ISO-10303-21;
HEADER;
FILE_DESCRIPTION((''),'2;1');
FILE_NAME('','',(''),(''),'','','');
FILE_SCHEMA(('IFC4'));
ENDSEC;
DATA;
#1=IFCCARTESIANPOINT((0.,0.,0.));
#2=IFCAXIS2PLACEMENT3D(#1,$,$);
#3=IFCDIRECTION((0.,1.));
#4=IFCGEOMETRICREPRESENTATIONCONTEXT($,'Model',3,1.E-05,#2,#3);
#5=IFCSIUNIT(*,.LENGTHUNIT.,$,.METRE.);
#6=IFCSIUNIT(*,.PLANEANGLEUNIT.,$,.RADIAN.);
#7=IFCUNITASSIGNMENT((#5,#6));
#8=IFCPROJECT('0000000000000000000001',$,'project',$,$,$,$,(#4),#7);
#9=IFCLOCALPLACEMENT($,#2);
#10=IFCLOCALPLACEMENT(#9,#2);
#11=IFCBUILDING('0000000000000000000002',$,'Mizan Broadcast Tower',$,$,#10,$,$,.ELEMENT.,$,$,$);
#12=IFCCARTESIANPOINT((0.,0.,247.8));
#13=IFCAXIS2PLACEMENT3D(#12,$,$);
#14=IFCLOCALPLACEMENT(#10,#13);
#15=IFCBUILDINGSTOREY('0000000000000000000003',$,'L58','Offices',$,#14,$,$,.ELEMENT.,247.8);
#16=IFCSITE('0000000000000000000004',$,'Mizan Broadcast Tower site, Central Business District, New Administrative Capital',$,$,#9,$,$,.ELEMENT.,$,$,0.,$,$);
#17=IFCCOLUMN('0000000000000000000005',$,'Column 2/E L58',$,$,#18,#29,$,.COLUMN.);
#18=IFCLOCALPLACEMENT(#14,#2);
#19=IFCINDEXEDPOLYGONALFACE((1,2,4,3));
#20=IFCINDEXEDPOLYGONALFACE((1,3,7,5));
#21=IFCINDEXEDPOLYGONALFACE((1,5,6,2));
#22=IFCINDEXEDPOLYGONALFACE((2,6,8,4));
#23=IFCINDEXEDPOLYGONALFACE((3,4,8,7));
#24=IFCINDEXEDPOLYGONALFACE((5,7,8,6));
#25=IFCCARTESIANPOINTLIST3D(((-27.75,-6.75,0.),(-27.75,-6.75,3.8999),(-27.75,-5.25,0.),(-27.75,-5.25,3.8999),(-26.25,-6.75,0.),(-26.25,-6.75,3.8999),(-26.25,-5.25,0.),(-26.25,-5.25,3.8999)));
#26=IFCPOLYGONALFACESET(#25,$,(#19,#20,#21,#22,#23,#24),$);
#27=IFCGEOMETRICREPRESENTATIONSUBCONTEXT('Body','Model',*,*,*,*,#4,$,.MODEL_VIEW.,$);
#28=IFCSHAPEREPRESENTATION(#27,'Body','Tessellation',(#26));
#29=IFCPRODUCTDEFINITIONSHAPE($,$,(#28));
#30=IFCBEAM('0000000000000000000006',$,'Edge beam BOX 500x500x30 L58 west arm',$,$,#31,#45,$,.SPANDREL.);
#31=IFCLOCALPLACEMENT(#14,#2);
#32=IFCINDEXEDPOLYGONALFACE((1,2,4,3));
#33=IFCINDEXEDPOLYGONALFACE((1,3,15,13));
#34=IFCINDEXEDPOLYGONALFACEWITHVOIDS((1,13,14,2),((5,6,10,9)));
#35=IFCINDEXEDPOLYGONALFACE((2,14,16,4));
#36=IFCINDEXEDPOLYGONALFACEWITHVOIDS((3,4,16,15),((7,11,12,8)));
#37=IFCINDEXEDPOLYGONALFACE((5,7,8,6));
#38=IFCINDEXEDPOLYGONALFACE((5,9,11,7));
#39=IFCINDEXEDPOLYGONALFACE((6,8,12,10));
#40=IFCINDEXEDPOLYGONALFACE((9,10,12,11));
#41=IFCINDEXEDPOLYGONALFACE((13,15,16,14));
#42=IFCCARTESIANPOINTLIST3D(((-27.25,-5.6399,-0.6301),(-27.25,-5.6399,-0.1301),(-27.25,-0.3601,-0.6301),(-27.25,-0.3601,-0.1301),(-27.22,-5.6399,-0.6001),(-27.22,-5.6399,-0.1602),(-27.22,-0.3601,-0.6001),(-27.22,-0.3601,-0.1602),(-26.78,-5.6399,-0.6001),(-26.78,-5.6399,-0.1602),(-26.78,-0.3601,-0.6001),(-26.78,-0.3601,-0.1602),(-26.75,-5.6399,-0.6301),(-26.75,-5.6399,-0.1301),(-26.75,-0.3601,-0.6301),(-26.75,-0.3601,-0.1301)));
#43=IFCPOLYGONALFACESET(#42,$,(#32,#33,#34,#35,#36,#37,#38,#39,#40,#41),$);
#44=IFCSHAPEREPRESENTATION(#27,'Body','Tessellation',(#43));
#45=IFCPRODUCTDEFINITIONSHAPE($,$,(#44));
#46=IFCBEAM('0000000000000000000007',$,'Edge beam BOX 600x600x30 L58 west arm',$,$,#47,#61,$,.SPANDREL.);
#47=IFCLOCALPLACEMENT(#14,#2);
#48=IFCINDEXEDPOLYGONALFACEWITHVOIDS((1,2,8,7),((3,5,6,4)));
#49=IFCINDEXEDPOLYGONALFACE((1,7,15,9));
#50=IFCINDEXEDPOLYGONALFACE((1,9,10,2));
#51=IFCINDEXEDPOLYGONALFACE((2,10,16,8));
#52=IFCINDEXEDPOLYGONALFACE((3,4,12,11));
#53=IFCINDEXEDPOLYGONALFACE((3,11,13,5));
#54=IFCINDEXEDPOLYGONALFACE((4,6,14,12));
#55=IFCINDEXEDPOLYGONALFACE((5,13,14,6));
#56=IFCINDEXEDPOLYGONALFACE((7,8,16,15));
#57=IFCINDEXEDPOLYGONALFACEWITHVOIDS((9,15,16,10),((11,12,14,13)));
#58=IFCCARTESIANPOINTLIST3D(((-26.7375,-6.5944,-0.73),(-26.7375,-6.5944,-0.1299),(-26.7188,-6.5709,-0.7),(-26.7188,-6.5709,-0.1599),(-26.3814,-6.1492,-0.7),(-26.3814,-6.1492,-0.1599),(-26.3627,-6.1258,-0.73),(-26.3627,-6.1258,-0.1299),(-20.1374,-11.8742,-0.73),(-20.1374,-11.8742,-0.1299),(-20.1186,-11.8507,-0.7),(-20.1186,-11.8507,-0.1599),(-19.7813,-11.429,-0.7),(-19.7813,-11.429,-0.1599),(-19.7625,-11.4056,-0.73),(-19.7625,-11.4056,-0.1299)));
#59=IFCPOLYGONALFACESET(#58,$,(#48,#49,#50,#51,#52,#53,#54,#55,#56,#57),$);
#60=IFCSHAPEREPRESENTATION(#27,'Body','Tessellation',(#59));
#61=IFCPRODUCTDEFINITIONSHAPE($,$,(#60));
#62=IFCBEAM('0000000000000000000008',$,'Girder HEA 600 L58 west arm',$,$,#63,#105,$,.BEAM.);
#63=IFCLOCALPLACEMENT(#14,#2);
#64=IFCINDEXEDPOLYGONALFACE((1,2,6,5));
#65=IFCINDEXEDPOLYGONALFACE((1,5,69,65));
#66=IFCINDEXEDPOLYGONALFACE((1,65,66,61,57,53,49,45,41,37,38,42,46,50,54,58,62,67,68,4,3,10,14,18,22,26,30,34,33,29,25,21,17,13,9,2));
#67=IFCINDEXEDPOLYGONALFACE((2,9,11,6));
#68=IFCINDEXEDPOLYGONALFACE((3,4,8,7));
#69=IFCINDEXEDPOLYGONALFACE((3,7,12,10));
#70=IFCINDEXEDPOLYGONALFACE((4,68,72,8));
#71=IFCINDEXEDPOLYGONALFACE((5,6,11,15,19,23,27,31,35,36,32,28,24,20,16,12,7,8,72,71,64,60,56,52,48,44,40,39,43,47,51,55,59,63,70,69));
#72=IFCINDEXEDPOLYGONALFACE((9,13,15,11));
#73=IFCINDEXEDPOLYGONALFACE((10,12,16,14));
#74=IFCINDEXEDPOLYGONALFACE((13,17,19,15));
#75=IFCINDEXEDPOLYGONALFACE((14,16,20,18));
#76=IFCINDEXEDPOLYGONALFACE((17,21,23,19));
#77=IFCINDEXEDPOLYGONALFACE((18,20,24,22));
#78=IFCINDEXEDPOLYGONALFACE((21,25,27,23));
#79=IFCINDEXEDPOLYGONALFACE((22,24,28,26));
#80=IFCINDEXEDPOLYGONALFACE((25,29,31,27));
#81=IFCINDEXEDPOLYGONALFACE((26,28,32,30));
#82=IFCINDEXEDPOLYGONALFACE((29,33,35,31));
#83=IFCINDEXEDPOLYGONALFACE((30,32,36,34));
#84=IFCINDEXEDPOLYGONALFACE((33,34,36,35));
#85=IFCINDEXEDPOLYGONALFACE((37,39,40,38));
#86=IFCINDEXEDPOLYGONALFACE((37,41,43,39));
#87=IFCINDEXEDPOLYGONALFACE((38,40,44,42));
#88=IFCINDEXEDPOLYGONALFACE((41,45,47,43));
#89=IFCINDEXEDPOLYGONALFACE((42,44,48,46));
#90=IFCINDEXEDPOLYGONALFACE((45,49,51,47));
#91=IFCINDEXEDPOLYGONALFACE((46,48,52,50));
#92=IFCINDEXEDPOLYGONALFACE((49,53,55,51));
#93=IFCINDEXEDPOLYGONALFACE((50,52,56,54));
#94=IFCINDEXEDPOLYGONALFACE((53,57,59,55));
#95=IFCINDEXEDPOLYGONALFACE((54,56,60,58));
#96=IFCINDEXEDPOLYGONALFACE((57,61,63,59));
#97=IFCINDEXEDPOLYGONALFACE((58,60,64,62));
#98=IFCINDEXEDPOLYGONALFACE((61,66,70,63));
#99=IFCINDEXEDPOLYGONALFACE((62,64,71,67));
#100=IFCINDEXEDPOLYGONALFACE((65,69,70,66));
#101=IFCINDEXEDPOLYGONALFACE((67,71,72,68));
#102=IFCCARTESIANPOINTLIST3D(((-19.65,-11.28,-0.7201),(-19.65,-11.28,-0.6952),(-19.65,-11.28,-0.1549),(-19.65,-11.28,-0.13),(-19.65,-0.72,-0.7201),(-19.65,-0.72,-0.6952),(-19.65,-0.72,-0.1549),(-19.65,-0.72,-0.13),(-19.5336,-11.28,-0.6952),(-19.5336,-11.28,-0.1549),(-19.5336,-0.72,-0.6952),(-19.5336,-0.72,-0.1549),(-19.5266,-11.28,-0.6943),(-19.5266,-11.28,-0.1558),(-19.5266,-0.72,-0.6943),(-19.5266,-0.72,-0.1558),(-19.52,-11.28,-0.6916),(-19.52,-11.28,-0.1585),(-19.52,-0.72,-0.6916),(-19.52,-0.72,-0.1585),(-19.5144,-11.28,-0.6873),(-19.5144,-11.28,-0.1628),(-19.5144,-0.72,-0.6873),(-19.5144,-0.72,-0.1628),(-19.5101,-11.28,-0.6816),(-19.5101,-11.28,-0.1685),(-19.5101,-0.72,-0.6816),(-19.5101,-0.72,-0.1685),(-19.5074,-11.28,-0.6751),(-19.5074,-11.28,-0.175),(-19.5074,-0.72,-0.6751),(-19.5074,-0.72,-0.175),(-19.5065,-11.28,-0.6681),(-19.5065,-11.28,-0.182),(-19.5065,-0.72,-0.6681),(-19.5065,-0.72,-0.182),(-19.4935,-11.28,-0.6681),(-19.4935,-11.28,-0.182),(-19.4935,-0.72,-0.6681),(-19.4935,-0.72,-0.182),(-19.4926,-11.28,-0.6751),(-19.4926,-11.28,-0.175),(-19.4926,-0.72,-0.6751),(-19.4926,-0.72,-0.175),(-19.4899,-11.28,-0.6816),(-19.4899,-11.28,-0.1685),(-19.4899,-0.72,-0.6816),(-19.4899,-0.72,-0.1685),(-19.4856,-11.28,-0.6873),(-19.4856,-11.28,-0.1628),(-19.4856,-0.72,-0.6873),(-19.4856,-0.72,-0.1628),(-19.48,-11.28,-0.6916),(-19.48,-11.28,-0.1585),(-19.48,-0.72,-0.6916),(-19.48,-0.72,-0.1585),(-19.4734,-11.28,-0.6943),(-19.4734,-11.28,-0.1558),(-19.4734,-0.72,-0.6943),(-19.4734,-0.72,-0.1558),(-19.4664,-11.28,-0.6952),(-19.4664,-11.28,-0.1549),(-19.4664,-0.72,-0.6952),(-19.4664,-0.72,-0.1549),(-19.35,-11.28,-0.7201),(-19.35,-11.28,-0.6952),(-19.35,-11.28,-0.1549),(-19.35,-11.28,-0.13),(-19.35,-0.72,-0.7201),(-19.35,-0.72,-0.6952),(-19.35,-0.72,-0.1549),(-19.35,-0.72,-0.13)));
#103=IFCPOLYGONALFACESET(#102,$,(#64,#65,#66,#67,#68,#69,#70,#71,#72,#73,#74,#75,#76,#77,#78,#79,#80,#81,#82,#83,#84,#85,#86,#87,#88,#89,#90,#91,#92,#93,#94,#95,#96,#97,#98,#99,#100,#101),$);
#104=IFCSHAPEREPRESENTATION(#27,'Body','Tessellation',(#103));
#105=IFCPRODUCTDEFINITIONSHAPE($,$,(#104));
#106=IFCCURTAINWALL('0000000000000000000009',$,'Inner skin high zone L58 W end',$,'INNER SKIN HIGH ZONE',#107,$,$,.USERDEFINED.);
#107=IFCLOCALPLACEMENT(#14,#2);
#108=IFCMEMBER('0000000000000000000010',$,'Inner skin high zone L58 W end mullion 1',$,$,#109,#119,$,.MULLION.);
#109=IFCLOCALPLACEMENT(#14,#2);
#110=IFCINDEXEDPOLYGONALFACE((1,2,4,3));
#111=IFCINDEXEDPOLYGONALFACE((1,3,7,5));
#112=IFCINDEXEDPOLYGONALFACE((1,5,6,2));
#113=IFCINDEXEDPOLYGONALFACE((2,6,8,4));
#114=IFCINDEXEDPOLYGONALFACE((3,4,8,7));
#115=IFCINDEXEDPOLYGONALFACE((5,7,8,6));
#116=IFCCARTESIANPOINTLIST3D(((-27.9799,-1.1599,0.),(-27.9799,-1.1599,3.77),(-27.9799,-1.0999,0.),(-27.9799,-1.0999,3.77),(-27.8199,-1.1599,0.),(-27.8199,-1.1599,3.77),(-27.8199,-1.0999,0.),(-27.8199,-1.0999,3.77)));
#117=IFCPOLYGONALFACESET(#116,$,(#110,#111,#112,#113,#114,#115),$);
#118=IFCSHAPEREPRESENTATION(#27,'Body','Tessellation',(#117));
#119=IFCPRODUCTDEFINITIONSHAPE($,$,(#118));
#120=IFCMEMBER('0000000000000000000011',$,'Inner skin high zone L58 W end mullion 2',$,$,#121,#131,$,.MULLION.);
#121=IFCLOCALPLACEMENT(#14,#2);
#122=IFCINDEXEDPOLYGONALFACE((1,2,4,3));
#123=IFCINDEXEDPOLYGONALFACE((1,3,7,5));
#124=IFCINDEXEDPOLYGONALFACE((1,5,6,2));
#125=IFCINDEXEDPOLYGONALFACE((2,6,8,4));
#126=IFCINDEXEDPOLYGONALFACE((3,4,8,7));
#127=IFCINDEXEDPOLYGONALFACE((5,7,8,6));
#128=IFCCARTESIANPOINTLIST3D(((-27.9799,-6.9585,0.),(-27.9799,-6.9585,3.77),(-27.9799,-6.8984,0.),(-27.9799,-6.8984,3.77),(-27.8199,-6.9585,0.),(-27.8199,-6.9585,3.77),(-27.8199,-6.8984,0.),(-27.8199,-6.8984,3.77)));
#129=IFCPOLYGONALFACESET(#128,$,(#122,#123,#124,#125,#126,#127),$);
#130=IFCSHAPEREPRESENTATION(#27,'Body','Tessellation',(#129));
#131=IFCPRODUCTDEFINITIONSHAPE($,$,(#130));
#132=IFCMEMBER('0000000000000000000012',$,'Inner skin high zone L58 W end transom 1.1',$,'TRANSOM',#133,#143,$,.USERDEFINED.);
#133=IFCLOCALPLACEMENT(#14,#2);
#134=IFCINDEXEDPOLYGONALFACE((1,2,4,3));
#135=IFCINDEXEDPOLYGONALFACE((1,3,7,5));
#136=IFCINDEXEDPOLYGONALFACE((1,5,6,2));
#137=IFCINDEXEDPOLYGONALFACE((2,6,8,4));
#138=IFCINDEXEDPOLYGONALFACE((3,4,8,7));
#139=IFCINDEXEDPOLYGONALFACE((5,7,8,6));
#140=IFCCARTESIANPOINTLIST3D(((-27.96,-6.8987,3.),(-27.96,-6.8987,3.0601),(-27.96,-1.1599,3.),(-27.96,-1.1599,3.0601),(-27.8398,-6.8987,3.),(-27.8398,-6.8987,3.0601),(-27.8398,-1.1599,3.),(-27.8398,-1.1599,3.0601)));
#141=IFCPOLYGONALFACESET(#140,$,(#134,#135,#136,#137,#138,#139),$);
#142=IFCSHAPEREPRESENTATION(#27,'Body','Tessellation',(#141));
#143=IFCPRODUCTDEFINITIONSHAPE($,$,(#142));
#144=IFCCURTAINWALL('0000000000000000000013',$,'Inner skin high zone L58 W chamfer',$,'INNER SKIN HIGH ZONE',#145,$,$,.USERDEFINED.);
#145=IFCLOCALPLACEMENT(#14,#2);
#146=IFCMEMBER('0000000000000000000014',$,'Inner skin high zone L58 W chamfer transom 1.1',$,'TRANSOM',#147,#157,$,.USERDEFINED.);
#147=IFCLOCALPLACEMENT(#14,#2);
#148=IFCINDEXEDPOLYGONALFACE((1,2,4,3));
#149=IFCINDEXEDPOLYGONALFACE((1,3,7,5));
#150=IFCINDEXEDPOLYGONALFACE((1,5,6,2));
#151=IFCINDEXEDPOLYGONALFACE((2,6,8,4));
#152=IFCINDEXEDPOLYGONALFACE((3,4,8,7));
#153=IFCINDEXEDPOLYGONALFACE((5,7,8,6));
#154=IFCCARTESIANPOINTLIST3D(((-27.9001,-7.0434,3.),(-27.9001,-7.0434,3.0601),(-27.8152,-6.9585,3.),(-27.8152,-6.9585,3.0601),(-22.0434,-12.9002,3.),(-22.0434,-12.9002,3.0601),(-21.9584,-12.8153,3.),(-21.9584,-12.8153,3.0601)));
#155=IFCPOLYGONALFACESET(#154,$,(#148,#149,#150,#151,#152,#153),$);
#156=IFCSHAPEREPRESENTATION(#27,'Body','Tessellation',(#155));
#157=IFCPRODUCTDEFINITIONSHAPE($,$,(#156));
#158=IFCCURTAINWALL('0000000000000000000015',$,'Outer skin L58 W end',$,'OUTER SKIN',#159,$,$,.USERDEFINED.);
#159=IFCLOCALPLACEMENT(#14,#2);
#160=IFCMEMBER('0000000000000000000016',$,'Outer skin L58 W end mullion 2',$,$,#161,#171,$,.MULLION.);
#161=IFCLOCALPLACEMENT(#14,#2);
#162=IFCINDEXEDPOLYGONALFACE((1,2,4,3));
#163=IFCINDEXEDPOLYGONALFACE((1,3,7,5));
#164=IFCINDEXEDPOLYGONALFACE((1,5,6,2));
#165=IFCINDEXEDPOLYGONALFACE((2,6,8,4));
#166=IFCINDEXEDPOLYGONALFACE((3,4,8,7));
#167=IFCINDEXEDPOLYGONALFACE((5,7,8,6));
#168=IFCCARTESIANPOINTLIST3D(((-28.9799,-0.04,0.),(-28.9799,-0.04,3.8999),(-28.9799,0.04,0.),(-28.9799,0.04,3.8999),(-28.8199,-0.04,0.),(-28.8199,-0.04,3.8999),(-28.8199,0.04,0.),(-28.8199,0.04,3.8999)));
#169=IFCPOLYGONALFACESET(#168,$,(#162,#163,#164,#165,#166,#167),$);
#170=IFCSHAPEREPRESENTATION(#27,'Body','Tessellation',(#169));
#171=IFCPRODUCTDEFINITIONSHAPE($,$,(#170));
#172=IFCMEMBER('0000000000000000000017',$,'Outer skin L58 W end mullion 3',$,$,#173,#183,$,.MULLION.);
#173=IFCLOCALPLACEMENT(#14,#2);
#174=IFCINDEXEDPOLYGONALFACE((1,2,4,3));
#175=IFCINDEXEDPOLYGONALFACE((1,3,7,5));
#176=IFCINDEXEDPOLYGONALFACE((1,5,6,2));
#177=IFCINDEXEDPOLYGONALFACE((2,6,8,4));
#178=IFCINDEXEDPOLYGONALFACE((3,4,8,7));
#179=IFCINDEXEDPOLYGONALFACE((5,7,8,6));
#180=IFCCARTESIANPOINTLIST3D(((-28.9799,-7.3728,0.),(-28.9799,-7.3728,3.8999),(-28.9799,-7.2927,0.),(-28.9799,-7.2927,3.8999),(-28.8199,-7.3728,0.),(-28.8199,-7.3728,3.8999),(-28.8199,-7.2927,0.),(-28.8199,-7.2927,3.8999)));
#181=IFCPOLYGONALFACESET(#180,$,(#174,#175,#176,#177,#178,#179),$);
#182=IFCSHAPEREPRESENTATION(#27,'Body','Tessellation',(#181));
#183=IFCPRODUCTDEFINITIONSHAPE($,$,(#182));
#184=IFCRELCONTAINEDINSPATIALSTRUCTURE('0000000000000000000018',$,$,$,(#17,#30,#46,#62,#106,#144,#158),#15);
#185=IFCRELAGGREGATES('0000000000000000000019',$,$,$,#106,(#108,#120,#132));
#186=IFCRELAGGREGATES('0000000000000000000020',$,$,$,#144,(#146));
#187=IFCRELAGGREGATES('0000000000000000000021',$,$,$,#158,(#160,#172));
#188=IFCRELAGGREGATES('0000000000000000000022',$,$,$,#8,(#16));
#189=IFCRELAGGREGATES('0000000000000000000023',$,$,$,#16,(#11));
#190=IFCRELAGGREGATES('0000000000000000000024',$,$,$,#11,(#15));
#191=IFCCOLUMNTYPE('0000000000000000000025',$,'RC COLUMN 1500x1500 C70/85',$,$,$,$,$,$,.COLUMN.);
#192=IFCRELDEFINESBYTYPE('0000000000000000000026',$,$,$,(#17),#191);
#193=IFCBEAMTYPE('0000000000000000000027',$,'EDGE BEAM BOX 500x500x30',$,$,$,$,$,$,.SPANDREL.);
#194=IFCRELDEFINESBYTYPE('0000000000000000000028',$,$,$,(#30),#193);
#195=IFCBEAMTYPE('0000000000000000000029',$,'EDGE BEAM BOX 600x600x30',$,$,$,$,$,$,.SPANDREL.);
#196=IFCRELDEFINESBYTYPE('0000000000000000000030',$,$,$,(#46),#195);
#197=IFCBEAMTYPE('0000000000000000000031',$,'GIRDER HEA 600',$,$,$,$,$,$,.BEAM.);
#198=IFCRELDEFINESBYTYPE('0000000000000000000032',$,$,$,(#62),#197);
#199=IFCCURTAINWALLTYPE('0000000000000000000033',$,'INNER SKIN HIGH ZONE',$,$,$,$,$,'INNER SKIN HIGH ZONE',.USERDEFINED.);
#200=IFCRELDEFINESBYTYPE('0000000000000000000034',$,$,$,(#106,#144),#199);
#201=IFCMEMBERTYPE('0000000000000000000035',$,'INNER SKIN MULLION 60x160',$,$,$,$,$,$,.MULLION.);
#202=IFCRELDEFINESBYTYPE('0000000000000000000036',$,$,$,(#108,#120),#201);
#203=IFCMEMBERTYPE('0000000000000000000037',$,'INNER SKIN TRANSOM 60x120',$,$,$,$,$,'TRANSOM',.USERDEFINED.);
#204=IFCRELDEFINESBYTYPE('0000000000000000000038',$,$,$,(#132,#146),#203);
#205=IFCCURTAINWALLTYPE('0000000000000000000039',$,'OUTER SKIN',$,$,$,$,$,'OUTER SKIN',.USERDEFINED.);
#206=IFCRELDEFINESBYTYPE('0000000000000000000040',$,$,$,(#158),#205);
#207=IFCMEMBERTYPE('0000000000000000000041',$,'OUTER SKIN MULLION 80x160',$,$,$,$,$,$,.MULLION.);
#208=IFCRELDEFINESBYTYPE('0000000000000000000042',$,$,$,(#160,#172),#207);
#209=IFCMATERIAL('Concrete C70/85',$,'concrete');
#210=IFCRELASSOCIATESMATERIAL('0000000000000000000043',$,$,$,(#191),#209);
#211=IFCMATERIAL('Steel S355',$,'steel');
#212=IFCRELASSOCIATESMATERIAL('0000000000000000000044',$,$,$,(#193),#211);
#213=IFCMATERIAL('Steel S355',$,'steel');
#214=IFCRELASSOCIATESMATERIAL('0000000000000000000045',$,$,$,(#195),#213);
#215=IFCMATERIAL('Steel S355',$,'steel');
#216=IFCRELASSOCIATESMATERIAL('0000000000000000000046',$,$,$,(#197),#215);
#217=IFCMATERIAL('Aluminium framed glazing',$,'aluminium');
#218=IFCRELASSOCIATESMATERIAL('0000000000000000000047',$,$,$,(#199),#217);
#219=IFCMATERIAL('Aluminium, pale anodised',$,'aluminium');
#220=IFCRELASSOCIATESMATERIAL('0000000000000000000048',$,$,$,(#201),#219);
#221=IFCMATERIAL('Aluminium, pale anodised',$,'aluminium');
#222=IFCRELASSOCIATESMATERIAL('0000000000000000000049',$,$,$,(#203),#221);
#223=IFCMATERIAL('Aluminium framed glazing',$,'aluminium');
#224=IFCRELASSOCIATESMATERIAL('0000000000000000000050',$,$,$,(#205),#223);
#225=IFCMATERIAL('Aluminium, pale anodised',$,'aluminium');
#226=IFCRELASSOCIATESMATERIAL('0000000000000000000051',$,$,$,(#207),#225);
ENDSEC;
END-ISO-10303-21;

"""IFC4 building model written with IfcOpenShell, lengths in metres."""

from ifc_helpers import new_model, si_unit, direction, frame, origin, origin_2d, place, context, subcontext, project, spatial, rectangle, hollow_rectangle, i_section, extrude, material, material_profile, profile_set, type_object, element, aggregate, save


model = new_model("IFC4")

# Units and contexts
model_context = context("Model", 3, precision=1e-05, world=origin(), true_north=direction((0.0, 1.0)))
body_context = subcontext(model_context, "Body", "Model", "MODEL_VIEW")
ifc_project = project(units=[si_unit("LENGTHUNIT", "METRE"), si_unit("PLANEANGLEUNIT", "RADIAN")], contexts=[model_context])

# Site, building, storey
site_placement = place(None, origin())
site = spatial("IfcSite", under=ifc_project, at=site_placement, Name="Mizan Broadcast Tower site, Central Business District, New Administrative Capital", CompositionType="ELEMENT", RefElevation=0.0)
building_placement = place(site_placement, origin())
building = spatial("IfcBuilding", under=site, at=building_placement, Name="Mizan Broadcast Tower", CompositionType="ELEMENT")
storey_placement = place(building_placement, frame((0.0, 0.0, 247.8)))
storey = spatial("IfcBuildingStorey", under=building, at=storey_placement, Name="L58", Description="Offices", CompositionType="ELEMENT", Elevation=247.8)

# Column
ifc_material_1 = material(Name="Concrete C70/85", Category="concrete")
ifc_material_profile_1 = material_profile(ifc_material_1, rectangle(XDim=1.5, YDim=1.5, at=origin_2d()), Name="RC 1500x1500")
ifc_profile_set_1 = profile_set([ifc_material_profile_1], Name="Concrete C70/85")
column_type = type_object("IfcColumnType", Name="RC COLUMN 1500x1500 C70/85", PredefinedType="COLUMN", material=ifc_profile_set_1)
column_placement = place(storey_placement, frame((-27.0, -6.0, 0.0), z_axis=(0.0, 0.0, 1.0), x_axis=(1.0, 0.0, 0.0)))
element("IfcColumn", 1, at=column_placement, inside=storey, type_object=column_type, Name="Column 2/E L58", PredefinedType="COLUMN", context=body_context, shape_type="SweptSolid", body=[
    extrude(rectangle(XDim=1.5, YDim=1.5, at=origin_2d()), origin(), (0.0, 0.0, 1.0), 3.8999),
])

# Beams
ifc_material_2 = material(Name="Steel S355", Category="steel")
ifc_material_profile_2 = material_profile(ifc_material_2, hollow_rectangle(XDim=0.5, YDim=0.5, WallThickness=0.03, at=origin_2d()), Name="BOX 500x500x30")
ifc_profile_set_2 = profile_set([ifc_material_profile_2], Name="Steel S355")
beam_type_1 = type_object("IfcBeamType", Name="EDGE BEAM BOX 500x500x30", PredefinedType="SPANDREL", material=ifc_profile_set_2)
beam_1_placement = place(storey_placement, frame((-27.0, -5.6399, -0.3801), z_axis=(0.0, 1.0, 0.0), x_axis=(-1.0, 0.0, 0.0)))
element("IfcBeam", 2, at=beam_1_placement, inside=storey, type_object=beam_type_1, Name="Edge beam BOX 500x500x30 L58 west arm", PredefinedType="SPANDREL", context=body_context, shape_type="SweptSolid", body=[
    extrude(hollow_rectangle(XDim=0.5, YDim=0.5, WallThickness=0.03, at=origin_2d()), origin(), (0.0, 0.0, 1.0), 5.2798),
])
ifc_material_3 = material(Name="Steel S355", Category="steel")
ifc_material_profile_3 = material_profile(ifc_material_3, hollow_rectangle(XDim=0.6001, YDim=0.6001, WallThickness=0.03, at=origin_2d()), Name="BOX 600x600x30")
ifc_profile_set_3 = profile_set([ifc_material_profile_3], Name="Steel S355")
beam_type_2 = type_object("IfcBeamType", Name="EDGE BEAM BOX 600x600x30", PredefinedType="SPANDREL", material=ifc_profile_set_3)
beam_2_placement = place(storey_placement, frame((-19.95, -11.6399, -0.4299), z_axis=(-0.780886, 0.624674, 0.0), x_axis=(-0.624674, -0.780886, 0.0)))
element("IfcBeam", 3, at=beam_2_placement, inside=storey, type_object=beam_type_2, Name="Edge beam BOX 600x600x30 L58 west arm", PredefinedType="SPANDREL", context=body_context, shape_type="SweptSolid", body=[
    extrude(hollow_rectangle(XDim=0.6001, YDim=0.6001, WallThickness=0.03, at=origin_2d()), origin(), (0.0, 0.0, 1.0), 8.4521),
])
ifc_material_4 = material(Name="Steel S355", Category="steel")
ifc_material_profile_4 = material_profile(ifc_material_4, i_section(OverallWidth=0.3, OverallDepth=0.5901, WebThickness=0.0129, FlangeThickness=0.0249, FilletRadius=0.0271, at=origin_2d()), Name="HEA 600")
ifc_profile_set_4 = profile_set([ifc_material_profile_4], Name="Steel S355")
beam_type_3 = type_object("IfcBeamType", Name="GIRDER HEA 600", PredefinedType="BEAM", material=ifc_profile_set_4)
beam_3_placement = place(storey_placement, frame((-19.5, -11.28, -0.425), z_axis=(0.0, 1.0, 0.0), x_axis=(-1.0, 0.0, 0.0)))
element("IfcBeam", 4, at=beam_3_placement, inside=storey, type_object=beam_type_3, Name="Girder HEA 600 L58 west arm", PredefinedType="BEAM", context=body_context, shape_type="SweptSolid", body=[
    extrude(i_section(OverallWidth=0.3, OverallDepth=0.5901, WebThickness=0.0129, FlangeThickness=0.0249, FilletRadius=0.0271, at=origin_2d()), origin(), (0.0, 0.0, 1.0), 10.5601),
])

# Curtain wall, members
ifc_material_5 = material(Name="Aluminium framed glazing", Category="aluminium")
curtain_wall_type_1 = type_object("IfcCurtainWallType", Name="INNER SKIN HIGH ZONE", ElementType="INNER SKIN HIGH ZONE", PredefinedType="USERDEFINED", material=ifc_material_5)
curtain_wall_1_placement = place(storey_placement, origin())
curtain_wall_1 = element("IfcCurtainWall", 5, at=curtain_wall_1_placement, inside=storey, type_object=curtain_wall_type_1, Name="Inner skin high zone L58 W end", ObjectType="INNER SKIN HIGH ZONE", PredefinedType="USERDEFINED")
ifc_material_6 = material(Name="Aluminium, pale anodised", Category="aluminium")
ifc_material_profile_5 = material_profile(ifc_material_6, rectangle(XDim=0.1599, YDim=0.0601, at=origin_2d()), Name="MULLION 160x60")
ifc_profile_set_5 = profile_set([ifc_material_profile_5], Name="Aluminium, pale anodised")
member_type_1 = type_object("IfcMemberType", Name="INNER SKIN MULLION 60x160", PredefinedType="MULLION", material=ifc_profile_set_5)
member_1_placement = place(storey_placement, frame((-27.8999, -1.1299, 0.0), z_axis=(0.0, 0.0, 1.0), x_axis=(1.0, 0.0, 0.0)))
member_1 = element("IfcMember", 6, at=member_1_placement, type_object=member_type_1, Name="Inner skin high zone L58 W end mullion 1", PredefinedType="MULLION", context=body_context, shape_type="SweptSolid", body=[
    extrude(rectangle(XDim=0.1599, YDim=0.0601, at=origin_2d()), origin(), (0.0, 0.0, 1.0), 3.77),
])
member_2_placement = place(storey_placement, frame((-27.8999, -6.9285, 0.0), z_axis=(0.0, 0.0, 1.0), x_axis=(1.0, 0.0, 0.0)))
member_2 = element("IfcMember", 7, at=member_2_placement, type_object=member_type_1, Name="Inner skin high zone L58 W end mullion 2", PredefinedType="MULLION", context=body_context, shape_type="SweptSolid", body=[
    extrude(rectangle(XDim=0.1599, YDim=0.0601, at=origin_2d()), origin(), (0.0, 0.0, 1.0), 3.77),
])
ifc_material_7 = material(Name="Aluminium, pale anodised", Category="aluminium")
ifc_material_profile_6 = material_profile(ifc_material_7, rectangle(XDim=0.1201, YDim=0.0601, at=origin_2d()), Name="TRANSOM 120x60")
ifc_profile_set_6 = profile_set([ifc_material_profile_6], Name="Aluminium, pale anodised")
member_type_2 = type_object("IfcMemberType", Name="INNER SKIN TRANSOM 60x120", ElementType="TRANSOM", PredefinedType="USERDEFINED", material=ifc_profile_set_6)
member_3_placement = place(storey_placement, frame((-27.8999, -1.1599, 3.03), z_axis=(0.0, -1.0, 0.0), x_axis=(1.0, 0.0, 0.0)))
member_3 = element("IfcMember", 8, at=member_3_placement, type_object=member_type_2, Name="Inner skin high zone L58 W end transom 1.1", ObjectType="TRANSOM", PredefinedType="USERDEFINED", context=body_context, shape_type="SweptSolid", body=[
    extrude(rectangle(XDim=0.1201, YDim=0.0601, at=origin_2d()), origin(), (0.0, 0.0, 1.0), 5.7388),
])

# Curtain wall, member
curtain_wall_2_placement = place(storey_placement, origin())
curtain_wall_2 = element("IfcCurtainWall", 9, at=curtain_wall_2_placement, inside=storey, type_object=curtain_wall_type_1, Name="Inner skin high zone L58 W chamfer", ObjectType="INNER SKIN HIGH ZONE", PredefinedType="USERDEFINED")
member_4_placement = place(storey_placement, frame((-27.8577, -7.001, 3.03), z_axis=(0.707107, -0.707107, 0.0), x_axis=(0.707107, 0.707107, 0.0)))
member_4 = element("IfcMember", 10, at=member_4_placement, type_object=member_type_2, Name="Inner skin high zone L58 W chamfer transom 1.1", ObjectType="TRANSOM", PredefinedType="USERDEFINED", context=body_context, shape_type="SweptSolid", body=[
    extrude(rectangle(XDim=0.1201, YDim=0.0601, at=origin_2d()), origin(), (0.0, 0.0, 1.0), 8.2827),
])

# Curtain wall, members
ifc_material_8 = material(Name="Aluminium framed glazing", Category="aluminium")
curtain_wall_type_2 = type_object("IfcCurtainWallType", Name="OUTER SKIN", ElementType="OUTER SKIN", PredefinedType="USERDEFINED", material=ifc_material_8)
curtain_wall_3_placement = place(storey_placement, origin())
curtain_wall_3 = element("IfcCurtainWall", 11, at=curtain_wall_3_placement, inside=storey, type_object=curtain_wall_type_2, Name="Outer skin L58 W end", ObjectType="OUTER SKIN", PredefinedType="USERDEFINED")
ifc_material_9 = material(Name="Aluminium, pale anodised", Category="aluminium")
ifc_material_profile_7 = material_profile(ifc_material_9, rectangle(XDim=0.1599, YDim=0.0801, at=origin_2d()), Name="MULLION 160x80")
ifc_profile_set_7 = profile_set([ifc_material_profile_7], Name="Aluminium, pale anodised")
member_type_3 = type_object("IfcMemberType", Name="OUTER SKIN MULLION 80x160", PredefinedType="MULLION", material=ifc_profile_set_7)
member_5_placement = place(storey_placement, frame((-28.8999, 0.0, 0.0), z_axis=(0.0, 0.0, 1.0), x_axis=(1.0, 0.0, 0.0)))
member_5 = element("IfcMember", 12, at=member_5_placement, type_object=member_type_3, Name="Outer skin L58 W end mullion 2", PredefinedType="MULLION", context=body_context, shape_type="SweptSolid", body=[
    extrude(rectangle(XDim=0.1599, YDim=0.0801, at=origin_2d()), origin(), (0.0, 0.0, 1.0), 3.8999),
])
member_6_placement = place(storey_placement, frame((-28.8999, -7.3328, 0.0), z_axis=(0.0, 0.0, 1.0), x_axis=(1.0, 0.0, 0.0)))
member_6 = element("IfcMember", 13, at=member_6_placement, type_object=member_type_3, Name="Outer skin L58 W end mullion 3", PredefinedType="MULLION", context=body_context, shape_type="SweptSolid", body=[
    extrude(rectangle(XDim=0.1599, YDim=0.0801, at=origin_2d()), origin(), (0.0, 0.0, 1.0), 3.8999),
])

aggregate(curtain_wall_1, [member_1, member_2, member_3])
aggregate(curtain_wall_2, [member_4])
aggregate(curtain_wall_3, [member_5, member_6])

save(model, "model.ifc")
